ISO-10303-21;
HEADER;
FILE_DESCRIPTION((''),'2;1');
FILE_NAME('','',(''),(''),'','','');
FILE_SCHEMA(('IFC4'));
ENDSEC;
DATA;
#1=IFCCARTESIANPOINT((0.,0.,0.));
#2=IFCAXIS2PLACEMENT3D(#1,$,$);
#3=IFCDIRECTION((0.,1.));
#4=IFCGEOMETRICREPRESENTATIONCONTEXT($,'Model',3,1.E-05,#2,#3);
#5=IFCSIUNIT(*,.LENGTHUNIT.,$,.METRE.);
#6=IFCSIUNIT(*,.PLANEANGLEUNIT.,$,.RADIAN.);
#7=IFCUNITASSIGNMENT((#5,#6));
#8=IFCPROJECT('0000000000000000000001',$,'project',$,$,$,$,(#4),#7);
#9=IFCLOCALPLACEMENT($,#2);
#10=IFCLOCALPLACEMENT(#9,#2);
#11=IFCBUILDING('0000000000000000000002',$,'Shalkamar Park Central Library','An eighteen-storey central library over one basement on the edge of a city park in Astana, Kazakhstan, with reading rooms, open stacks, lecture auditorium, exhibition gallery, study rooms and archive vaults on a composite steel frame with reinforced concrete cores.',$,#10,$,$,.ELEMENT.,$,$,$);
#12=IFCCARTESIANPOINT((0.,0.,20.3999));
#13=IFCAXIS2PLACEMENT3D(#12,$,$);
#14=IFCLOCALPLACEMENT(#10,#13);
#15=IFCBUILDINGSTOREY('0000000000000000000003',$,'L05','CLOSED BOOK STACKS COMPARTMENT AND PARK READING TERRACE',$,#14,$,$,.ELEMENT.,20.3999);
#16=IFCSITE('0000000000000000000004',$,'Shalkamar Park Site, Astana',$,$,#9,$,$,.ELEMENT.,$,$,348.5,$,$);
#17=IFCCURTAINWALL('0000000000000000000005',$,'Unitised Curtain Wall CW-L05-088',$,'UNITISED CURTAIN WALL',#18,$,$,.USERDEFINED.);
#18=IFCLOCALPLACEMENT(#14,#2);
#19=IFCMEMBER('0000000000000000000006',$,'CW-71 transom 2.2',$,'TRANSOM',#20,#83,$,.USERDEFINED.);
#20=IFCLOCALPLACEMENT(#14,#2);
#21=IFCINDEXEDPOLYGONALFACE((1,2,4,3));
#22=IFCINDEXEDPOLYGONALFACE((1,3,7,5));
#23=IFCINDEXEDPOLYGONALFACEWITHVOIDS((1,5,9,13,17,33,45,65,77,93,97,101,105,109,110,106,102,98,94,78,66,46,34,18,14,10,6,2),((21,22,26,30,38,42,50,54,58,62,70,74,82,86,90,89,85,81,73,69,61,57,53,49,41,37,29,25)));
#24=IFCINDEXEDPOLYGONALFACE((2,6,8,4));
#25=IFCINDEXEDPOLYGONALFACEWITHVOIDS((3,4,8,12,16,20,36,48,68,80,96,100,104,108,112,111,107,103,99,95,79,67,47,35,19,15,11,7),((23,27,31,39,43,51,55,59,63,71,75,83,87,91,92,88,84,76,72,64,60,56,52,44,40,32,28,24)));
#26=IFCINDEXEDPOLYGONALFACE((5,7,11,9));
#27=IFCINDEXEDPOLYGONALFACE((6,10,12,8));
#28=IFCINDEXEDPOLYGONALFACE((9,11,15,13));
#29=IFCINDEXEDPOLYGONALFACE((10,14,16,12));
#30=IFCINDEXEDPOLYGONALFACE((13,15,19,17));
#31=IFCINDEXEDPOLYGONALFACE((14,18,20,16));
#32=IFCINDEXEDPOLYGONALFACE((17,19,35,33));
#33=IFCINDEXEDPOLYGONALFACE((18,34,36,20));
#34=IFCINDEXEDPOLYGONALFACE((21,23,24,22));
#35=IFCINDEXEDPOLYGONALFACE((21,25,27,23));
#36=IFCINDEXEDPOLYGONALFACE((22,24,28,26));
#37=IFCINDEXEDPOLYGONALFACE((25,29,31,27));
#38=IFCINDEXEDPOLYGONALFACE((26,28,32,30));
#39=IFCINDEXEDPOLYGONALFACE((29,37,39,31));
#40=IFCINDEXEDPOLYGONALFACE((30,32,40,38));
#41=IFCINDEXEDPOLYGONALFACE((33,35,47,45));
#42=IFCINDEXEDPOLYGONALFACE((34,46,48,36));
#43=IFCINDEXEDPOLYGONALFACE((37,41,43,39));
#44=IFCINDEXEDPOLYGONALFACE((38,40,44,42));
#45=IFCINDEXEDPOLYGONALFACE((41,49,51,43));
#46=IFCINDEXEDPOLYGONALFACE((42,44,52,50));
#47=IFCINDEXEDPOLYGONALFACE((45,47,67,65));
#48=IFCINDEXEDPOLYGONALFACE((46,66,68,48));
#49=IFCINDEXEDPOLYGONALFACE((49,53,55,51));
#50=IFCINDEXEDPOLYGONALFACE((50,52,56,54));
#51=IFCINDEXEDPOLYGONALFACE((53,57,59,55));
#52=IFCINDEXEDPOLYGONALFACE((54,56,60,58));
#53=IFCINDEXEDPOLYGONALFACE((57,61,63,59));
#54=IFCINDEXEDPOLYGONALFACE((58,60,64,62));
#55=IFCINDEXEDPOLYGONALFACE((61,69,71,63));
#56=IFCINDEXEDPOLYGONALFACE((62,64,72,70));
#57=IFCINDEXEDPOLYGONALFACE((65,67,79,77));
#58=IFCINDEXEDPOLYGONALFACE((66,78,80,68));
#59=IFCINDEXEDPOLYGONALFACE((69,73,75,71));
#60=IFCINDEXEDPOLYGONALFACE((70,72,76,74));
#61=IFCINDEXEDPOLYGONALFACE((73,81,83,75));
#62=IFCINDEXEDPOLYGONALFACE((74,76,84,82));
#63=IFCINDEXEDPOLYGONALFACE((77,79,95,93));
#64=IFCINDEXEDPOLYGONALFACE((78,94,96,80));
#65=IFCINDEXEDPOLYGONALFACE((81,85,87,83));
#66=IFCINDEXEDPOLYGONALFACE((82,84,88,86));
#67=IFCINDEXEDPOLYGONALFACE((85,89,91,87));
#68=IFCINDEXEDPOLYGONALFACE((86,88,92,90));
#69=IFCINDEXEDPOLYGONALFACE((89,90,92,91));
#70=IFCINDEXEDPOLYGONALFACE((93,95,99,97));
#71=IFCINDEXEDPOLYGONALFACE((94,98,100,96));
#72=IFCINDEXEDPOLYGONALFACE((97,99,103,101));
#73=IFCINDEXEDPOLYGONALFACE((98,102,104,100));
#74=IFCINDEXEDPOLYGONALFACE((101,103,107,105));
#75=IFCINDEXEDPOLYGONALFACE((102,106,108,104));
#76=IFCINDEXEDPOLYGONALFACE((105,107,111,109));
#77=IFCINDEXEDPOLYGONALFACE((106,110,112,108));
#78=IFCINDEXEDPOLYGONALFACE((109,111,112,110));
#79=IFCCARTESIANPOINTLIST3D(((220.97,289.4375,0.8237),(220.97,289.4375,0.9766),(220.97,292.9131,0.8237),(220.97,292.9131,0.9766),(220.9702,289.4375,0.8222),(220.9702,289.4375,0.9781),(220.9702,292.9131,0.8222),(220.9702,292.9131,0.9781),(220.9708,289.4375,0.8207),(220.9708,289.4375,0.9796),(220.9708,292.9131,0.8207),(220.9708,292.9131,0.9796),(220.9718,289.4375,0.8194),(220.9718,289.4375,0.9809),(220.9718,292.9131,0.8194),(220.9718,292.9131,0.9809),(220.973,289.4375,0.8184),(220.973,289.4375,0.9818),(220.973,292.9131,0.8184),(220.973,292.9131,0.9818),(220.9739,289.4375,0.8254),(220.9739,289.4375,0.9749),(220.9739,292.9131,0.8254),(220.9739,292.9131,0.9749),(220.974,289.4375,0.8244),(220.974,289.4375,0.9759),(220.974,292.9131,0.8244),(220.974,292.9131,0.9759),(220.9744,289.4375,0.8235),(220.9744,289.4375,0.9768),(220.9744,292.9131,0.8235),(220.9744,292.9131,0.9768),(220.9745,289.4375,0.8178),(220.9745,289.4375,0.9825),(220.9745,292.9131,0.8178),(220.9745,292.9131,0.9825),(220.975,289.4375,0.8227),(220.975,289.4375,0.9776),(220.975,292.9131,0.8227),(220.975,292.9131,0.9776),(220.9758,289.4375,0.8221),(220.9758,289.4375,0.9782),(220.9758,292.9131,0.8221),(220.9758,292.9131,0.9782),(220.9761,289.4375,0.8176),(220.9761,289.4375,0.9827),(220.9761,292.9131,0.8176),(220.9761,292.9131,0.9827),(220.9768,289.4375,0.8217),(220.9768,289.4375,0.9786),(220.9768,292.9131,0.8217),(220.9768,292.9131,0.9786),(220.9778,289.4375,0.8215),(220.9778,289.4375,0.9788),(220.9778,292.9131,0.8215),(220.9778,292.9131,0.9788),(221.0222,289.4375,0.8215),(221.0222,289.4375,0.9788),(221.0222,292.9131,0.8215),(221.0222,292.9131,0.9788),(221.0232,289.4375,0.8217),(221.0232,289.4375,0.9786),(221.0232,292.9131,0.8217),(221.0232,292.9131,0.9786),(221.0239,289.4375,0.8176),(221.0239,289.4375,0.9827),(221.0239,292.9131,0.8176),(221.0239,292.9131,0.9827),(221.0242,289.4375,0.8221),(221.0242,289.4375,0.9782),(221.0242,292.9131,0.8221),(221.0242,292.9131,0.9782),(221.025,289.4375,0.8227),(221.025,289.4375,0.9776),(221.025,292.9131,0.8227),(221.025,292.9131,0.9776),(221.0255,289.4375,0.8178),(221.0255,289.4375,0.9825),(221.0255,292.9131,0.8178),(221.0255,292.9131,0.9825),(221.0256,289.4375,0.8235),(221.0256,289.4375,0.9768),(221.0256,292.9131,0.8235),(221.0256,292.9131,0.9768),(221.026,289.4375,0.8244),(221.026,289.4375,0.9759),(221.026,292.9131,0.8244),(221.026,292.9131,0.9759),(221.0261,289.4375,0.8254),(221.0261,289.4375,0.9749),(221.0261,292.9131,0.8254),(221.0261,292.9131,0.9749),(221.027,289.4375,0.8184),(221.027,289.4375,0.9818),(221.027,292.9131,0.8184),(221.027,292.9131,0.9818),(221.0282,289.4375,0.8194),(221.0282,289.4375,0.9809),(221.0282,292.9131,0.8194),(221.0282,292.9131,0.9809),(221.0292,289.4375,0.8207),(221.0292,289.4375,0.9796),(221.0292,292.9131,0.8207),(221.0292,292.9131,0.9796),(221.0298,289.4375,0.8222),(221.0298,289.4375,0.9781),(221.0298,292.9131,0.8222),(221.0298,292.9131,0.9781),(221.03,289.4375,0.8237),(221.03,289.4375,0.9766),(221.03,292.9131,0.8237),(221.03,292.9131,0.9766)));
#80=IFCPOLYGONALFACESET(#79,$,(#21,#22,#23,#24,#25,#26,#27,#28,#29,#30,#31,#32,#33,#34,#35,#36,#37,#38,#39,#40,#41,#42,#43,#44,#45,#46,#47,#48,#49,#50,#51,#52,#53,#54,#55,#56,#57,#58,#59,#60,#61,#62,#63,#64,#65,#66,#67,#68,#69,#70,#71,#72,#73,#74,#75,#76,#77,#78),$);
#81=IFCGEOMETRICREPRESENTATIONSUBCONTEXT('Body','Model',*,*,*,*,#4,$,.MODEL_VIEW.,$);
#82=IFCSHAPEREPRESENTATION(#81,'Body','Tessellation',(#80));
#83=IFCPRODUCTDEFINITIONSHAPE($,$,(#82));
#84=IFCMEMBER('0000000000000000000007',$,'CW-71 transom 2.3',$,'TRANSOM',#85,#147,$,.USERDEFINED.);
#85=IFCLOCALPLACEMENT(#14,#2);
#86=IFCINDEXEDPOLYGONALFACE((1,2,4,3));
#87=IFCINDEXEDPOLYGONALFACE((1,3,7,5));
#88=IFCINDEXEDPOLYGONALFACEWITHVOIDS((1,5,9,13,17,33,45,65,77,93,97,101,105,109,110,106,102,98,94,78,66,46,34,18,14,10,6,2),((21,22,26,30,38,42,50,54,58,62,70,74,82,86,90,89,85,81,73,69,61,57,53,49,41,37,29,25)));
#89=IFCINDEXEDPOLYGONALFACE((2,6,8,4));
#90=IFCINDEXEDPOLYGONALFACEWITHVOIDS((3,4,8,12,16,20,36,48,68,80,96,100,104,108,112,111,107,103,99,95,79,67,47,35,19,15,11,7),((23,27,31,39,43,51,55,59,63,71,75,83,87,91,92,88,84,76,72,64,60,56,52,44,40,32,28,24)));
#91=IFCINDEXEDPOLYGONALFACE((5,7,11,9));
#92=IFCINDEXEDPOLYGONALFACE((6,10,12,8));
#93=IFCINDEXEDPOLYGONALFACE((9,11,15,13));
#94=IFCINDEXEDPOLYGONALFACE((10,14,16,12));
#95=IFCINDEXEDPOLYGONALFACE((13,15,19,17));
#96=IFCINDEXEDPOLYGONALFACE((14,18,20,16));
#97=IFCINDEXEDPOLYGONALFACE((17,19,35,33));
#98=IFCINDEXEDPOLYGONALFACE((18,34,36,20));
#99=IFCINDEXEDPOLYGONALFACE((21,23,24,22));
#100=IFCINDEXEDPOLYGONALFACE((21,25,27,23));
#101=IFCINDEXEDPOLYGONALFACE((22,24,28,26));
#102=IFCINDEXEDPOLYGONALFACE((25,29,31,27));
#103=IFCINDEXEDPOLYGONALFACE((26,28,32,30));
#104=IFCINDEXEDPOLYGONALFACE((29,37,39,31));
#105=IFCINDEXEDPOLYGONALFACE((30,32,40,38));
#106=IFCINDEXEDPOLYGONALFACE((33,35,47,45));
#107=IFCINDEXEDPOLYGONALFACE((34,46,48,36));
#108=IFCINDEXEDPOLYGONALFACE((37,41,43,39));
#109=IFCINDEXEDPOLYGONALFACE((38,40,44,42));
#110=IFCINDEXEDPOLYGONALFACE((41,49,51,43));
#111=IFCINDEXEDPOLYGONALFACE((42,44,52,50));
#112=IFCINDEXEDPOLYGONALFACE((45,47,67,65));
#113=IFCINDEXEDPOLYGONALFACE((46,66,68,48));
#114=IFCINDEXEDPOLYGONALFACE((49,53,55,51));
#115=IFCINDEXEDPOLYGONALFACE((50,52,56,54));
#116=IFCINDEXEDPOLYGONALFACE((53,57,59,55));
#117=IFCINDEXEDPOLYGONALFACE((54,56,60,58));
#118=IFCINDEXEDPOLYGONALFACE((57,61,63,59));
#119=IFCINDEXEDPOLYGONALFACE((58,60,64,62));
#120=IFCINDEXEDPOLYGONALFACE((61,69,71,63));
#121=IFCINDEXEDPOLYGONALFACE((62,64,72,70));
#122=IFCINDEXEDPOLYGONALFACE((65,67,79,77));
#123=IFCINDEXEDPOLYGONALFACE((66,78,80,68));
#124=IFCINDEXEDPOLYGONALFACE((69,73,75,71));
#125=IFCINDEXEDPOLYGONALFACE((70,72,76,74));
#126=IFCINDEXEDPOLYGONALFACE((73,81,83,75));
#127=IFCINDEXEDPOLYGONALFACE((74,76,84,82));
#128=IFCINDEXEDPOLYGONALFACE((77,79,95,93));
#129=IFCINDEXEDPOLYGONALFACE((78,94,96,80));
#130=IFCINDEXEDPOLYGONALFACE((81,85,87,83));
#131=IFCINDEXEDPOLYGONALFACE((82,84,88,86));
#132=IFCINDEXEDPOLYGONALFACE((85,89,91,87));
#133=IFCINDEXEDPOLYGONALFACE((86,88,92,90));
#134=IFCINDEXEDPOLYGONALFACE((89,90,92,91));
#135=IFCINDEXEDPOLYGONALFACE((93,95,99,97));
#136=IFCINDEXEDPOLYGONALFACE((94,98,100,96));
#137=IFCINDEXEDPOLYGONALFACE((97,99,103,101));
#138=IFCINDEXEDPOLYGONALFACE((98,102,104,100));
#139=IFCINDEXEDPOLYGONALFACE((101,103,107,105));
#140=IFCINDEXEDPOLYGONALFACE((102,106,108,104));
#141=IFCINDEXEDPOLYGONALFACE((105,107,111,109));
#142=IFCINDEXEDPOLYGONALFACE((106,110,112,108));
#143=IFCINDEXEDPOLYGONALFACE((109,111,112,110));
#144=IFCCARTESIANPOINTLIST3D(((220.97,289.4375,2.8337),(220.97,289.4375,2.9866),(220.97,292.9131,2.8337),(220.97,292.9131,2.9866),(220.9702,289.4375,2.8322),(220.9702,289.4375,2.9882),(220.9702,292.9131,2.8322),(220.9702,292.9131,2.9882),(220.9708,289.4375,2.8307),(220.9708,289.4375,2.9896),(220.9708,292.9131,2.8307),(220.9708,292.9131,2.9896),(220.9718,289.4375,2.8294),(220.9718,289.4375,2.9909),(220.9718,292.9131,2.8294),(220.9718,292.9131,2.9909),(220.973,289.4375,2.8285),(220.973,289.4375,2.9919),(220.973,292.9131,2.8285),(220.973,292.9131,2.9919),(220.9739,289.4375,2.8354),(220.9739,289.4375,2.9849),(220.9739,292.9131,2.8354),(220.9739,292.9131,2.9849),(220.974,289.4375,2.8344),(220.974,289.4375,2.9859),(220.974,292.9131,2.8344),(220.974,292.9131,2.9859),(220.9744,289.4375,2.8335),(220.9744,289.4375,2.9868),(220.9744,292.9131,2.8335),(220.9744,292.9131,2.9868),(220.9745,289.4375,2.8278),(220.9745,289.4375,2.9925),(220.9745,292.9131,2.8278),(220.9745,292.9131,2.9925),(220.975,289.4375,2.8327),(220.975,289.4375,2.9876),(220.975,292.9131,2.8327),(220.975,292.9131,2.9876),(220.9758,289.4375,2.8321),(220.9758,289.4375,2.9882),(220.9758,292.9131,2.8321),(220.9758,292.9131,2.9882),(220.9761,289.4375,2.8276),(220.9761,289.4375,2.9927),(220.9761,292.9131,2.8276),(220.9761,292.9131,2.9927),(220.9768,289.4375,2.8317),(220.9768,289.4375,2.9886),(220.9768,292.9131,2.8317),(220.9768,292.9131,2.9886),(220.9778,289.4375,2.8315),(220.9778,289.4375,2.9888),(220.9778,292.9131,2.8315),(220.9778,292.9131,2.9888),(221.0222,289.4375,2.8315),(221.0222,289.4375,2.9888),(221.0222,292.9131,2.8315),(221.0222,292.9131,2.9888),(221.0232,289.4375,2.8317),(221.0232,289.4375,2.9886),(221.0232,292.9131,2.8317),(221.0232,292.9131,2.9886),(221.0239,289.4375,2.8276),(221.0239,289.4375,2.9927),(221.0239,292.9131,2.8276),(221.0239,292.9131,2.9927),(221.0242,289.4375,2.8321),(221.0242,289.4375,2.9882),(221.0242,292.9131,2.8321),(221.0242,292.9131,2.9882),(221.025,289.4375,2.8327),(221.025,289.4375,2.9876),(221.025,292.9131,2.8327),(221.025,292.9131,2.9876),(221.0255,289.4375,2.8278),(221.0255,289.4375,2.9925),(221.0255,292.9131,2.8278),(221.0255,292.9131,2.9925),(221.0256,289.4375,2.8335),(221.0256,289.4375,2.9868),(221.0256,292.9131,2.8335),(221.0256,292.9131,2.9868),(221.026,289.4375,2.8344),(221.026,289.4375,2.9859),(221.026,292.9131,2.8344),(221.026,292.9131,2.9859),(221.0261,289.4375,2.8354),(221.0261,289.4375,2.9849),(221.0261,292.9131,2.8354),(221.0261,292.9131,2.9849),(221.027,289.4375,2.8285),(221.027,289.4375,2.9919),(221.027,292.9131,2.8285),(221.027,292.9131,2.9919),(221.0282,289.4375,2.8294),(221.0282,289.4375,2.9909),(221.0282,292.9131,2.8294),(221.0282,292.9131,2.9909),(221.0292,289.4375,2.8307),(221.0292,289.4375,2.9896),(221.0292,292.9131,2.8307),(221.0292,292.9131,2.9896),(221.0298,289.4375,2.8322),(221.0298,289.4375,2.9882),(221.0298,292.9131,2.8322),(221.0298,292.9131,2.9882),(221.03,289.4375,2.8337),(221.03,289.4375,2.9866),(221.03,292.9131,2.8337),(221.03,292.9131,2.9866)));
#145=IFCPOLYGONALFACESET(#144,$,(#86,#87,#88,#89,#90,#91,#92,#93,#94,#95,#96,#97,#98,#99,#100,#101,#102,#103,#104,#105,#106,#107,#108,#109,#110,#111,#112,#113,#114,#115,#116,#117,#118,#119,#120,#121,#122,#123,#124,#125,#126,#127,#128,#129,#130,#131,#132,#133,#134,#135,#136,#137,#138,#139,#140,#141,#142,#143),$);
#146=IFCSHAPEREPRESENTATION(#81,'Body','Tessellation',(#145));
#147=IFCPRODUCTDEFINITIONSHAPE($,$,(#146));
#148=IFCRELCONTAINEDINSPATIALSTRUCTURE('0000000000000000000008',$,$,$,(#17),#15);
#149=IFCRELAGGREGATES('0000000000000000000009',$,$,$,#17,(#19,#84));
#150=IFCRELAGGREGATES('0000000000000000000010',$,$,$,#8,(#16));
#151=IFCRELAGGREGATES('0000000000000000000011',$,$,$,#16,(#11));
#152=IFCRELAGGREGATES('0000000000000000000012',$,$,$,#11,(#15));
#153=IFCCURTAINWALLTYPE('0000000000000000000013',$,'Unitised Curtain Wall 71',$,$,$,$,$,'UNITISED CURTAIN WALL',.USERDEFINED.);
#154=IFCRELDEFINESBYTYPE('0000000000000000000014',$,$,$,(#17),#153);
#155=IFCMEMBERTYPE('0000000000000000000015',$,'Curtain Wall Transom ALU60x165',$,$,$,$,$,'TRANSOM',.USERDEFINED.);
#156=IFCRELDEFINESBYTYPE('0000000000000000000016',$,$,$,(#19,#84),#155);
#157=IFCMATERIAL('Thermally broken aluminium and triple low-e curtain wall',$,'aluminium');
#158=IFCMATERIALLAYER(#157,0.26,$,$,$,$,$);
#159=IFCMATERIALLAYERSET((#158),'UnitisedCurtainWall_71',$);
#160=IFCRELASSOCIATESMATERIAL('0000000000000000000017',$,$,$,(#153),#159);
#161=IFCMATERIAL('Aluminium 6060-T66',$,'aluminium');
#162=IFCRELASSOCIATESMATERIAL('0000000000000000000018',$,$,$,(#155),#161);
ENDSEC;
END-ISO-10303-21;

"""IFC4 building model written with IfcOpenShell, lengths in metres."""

from ifc_helpers import new_model, si_unit, direction, frame, origin, origin_2d, place, context, subcontext, project, spatial, hollow_rectangle, extrude, material, layer, layer_set, material_profile, profile_set, type_object, element, aggregate, save


model = new_model("IFC4")

# Units and contexts
model_context = context("Model", 3, precision=1e-05, world=origin(), true_north=direction((0.0, 1.0)))
body_context = subcontext(model_context, "Body", "Model", "MODEL_VIEW")
ifc_project = project(units=[si_unit("LENGTHUNIT", "METRE"), si_unit("PLANEANGLEUNIT", "RADIAN")], contexts=[model_context])

# Site, building, storey
site_placement = place(None, origin())
site = spatial("IfcSite", under=ifc_project, at=site_placement, Name="Shalkamar Park Site, Astana", CompositionType="ELEMENT", RefElevation=348.5)
building_placement = place(site_placement, origin())
building = spatial("IfcBuilding", under=site, at=building_placement, Name="Shalkamar Park Central Library", Description="An eighteen-storey central library over one basement on the edge of a city park in Astana, Kazakhstan, with reading rooms, open stacks, lecture auditorium, exhibition gallery, study rooms and archive vaults on a composite steel frame with reinforced concrete cores.", CompositionType="ELEMENT")
storey_placement = place(building_placement, frame((0.0, 0.0, 20.3999)))
storey = spatial("IfcBuildingStorey", under=building, at=storey_placement, Name="L05", Description="CLOSED BOOK STACKS COMPARTMENT AND PARK READING TERRACE", CompositionType="ELEMENT", Elevation=20.3999)

# Curtain wall, members
ifc_material_1 = material(Name="Thermally broken aluminium and triple low-e curtain wall", Category="aluminium")
ifc_layer_1 = layer(ifc_material_1, 0.26)
ifc_layer_set_1 = layer_set([ifc_layer_1], Name="UnitisedCurtainWall_71")
curtain_wall_type = type_object("IfcCurtainWallType", Name="Unitised Curtain Wall 71", ElementType="UNITISED CURTAIN WALL", PredefinedType="USERDEFINED", material=ifc_layer_set_1)
curtain_wall_placement = place(storey_placement, origin())
curtain_wall = element("IfcCurtainWall", 1, at=curtain_wall_placement, inside=storey, type_object=curtain_wall_type, Name="Unitised Curtain Wall CW-L05-088", ObjectType="UNITISED CURTAIN WALL", PredefinedType="USERDEFINED")
ifc_material_2 = material(Name="Aluminium 6060-T66", Category="aluminium")
ifc_material_profile_1 = material_profile(ifc_material_2, hollow_rectangle(XDim=0.0601, YDim=0.165, WallThickness=0.0039, InnerFilletRadius=0.0039, OuterFilletRadius=0.0061, at=origin_2d()), Name="ALU 60x165x4")
ifc_profile_set_1 = profile_set([ifc_material_profile_1], Name="Aluminium 6060-T66")
member_type_1 = type_object("IfcMemberType", Name="Curtain Wall Transom ALU60x165", ElementType="TRANSOM", PredefinedType="USERDEFINED", material=ifc_profile_set_1)
member_1_placement = place(storey_placement, frame((221.0, 289.4375, 0.9001), z_axis=(0.0, 1.0, 0.0), x_axis=(-1.0, 0.0, 0.0)))
member_1 = element("IfcMember", 2, at=member_1_placement, type_object=member_type_1, Name="CW-71 transom 2.2", ObjectType="TRANSOM", PredefinedType="USERDEFINED", context=body_context, shape_type="SweptSolid", body=[
    extrude(hollow_rectangle(XDim=0.0601, YDim=0.165, WallThickness=0.0039, InnerFilletRadius=0.0039, OuterFilletRadius=0.0061, at=origin_2d()), origin(), (0.0, 0.0, 1.0), 3.4756),
])
member_2_placement = place(storey_placement, frame((221.0, 289.4375, 2.9102), z_axis=(0.0, 1.0, 0.0), x_axis=(-1.0, 0.0, 0.0)))
member_2 = element("IfcMember", 3, at=member_2_placement, type_object=member_type_1, Name="CW-71 transom 2.3", ObjectType="TRANSOM", PredefinedType="USERDEFINED", context=body_context, shape_type="SweptSolid", body=[
    extrude(hollow_rectangle(XDim=0.0601, YDim=0.165, WallThickness=0.0039, InnerFilletRadius=0.0039, OuterFilletRadius=0.0061, at=origin_2d()), origin(), (0.0, 0.0, 1.0), 3.4756),
])

aggregate(curtain_wall, [member_1, member_2])

save(model, "model.ifc")
